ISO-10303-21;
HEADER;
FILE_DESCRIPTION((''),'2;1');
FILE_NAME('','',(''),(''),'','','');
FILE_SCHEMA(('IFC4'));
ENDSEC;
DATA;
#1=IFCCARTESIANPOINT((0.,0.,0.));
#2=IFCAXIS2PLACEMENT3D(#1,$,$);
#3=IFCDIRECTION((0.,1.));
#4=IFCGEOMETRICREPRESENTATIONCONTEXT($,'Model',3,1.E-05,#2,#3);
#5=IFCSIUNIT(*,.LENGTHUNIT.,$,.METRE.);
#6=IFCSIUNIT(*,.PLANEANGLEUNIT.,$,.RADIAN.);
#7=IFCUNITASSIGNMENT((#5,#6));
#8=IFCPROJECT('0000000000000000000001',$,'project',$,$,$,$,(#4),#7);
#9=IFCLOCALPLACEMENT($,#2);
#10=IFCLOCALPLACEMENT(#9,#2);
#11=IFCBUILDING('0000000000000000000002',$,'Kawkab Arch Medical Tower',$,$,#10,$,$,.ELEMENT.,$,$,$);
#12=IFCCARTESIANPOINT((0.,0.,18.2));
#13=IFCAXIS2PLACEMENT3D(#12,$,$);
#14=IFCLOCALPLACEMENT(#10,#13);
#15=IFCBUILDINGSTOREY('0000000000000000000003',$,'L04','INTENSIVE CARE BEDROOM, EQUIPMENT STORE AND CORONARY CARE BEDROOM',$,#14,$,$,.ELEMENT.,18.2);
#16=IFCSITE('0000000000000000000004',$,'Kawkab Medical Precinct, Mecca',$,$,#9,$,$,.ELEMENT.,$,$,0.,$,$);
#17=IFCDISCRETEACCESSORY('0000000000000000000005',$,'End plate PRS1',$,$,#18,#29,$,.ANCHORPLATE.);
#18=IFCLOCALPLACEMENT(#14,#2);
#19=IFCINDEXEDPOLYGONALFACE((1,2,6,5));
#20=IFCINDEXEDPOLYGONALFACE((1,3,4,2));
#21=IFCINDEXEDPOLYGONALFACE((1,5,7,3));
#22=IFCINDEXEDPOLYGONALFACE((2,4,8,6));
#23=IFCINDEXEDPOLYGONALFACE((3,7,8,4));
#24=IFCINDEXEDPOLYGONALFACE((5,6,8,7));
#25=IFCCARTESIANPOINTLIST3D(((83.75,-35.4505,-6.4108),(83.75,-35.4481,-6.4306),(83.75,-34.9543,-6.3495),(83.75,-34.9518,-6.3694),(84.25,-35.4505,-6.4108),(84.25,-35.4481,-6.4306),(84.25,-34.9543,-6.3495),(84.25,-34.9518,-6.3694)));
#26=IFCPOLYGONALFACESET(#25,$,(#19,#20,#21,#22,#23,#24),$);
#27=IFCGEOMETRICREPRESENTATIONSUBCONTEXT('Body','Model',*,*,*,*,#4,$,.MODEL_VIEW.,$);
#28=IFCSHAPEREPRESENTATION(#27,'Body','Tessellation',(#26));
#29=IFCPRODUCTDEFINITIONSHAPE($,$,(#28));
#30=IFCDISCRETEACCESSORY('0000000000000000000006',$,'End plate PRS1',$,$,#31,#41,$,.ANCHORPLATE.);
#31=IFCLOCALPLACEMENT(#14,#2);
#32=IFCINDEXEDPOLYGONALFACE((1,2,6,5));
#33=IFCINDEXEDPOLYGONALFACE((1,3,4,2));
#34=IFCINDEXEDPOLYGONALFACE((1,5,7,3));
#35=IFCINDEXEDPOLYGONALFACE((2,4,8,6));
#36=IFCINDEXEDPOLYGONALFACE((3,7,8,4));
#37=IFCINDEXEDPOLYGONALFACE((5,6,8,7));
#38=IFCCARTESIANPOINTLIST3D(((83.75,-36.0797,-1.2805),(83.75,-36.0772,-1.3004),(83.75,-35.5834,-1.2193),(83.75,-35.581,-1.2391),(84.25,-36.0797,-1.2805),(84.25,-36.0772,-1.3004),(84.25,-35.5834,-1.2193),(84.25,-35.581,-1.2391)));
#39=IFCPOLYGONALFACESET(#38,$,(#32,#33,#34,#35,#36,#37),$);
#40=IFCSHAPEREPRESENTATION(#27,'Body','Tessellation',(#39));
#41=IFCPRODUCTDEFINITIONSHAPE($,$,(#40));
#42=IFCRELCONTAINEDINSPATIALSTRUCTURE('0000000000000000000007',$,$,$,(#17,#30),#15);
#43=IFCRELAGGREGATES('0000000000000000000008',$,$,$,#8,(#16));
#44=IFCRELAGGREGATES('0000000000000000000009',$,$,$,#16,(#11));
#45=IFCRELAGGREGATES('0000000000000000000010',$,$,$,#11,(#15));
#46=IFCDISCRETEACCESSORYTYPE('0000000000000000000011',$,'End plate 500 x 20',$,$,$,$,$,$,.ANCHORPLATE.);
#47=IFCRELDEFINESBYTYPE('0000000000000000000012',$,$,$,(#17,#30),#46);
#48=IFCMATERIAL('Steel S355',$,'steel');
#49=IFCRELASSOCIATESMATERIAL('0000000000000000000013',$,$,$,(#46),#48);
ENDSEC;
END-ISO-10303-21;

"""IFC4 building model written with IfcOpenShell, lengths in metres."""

from ifc_helpers import new_model, si_unit, direction, frame, origin, origin_2d, place, context, subcontext, project, spatial, rectangle, extrude, material, material_profile, profile_set, type_object, element, save


model = new_model("IFC4")

# Units and contexts
model_context = context("Model", 3, precision=1e-05, world=origin(), true_north=direction((0.0, 1.0)))
body_context = subcontext(model_context, "Body", "Model", "MODEL_VIEW")
ifc_project = project(units=[si_unit("LENGTHUNIT", "METRE"), si_unit("PLANEANGLEUNIT", "RADIAN")], contexts=[model_context])

# Site, building, storey
site_placement = place(None, origin())
site = spatial("IfcSite", under=ifc_project, at=site_placement, Name="Kawkab Medical Precinct, Mecca", CompositionType="ELEMENT", RefElevation=0.0)
building_placement = place(site_placement, origin())
building = spatial("IfcBuilding", under=site, at=building_placement, Name="Kawkab Arch Medical Tower", CompositionType="ELEMENT")
storey_placement = place(building_placement, frame((0.0, 0.0, 18.2)))
storey = spatial("IfcBuildingStorey", under=building, at=storey_placement, Name="L04", Description="INTENSIVE CARE BEDROOM, EQUIPMENT STORE AND CORONARY CARE BEDROOM", CompositionType="ELEMENT", Elevation=18.2)

# Discrete accessories
ifc_material_1 = material(Name="Steel S355", Category="steel")
ifc_material_profile_1 = material_profile(ifc_material_1, rectangle(XDim=0.5, YDim=0.5, at=origin_2d()), Name="End plate 500 x 20")
ifc_profile_set_1 = profile_set([ifc_material_profile_1], Name="Steel S355")
discrete_accessory_type = type_object("IfcDiscreteAccessoryType", Name="End plate 500 x 20", PredefinedType="ANCHORPLATE", material=ifc_profile_set_1)
for number, where, z_axis, x_axis, name in (
    (1, (84.0, -35.2024, -6.3801), (0.0, 0.122527, -0.992465), (-1.0, 0.0, 0.0), "End plate PRS1"),
    (2, (84.0, -35.8291, -1.2698), (0.0, -0.122527, 0.992465), (1.0, 0.0, 0.0), "End plate PRS1"),
):
    element("IfcDiscreteAccessory", number, at=place(storey_placement, frame(where, z_axis=z_axis, x_axis=x_axis)), inside=storey, type_object=discrete_accessory_type, Name=name, PredefinedType="ANCHORPLATE", context=body_context, shape_type="SweptSolid", body=[
        extrude(rectangle(XDim=0.5, YDim=0.5, at=origin_2d()), origin(), (0.0, 0.0, 1.0), 0.02),
    ])

save(model, "model.ifc")
